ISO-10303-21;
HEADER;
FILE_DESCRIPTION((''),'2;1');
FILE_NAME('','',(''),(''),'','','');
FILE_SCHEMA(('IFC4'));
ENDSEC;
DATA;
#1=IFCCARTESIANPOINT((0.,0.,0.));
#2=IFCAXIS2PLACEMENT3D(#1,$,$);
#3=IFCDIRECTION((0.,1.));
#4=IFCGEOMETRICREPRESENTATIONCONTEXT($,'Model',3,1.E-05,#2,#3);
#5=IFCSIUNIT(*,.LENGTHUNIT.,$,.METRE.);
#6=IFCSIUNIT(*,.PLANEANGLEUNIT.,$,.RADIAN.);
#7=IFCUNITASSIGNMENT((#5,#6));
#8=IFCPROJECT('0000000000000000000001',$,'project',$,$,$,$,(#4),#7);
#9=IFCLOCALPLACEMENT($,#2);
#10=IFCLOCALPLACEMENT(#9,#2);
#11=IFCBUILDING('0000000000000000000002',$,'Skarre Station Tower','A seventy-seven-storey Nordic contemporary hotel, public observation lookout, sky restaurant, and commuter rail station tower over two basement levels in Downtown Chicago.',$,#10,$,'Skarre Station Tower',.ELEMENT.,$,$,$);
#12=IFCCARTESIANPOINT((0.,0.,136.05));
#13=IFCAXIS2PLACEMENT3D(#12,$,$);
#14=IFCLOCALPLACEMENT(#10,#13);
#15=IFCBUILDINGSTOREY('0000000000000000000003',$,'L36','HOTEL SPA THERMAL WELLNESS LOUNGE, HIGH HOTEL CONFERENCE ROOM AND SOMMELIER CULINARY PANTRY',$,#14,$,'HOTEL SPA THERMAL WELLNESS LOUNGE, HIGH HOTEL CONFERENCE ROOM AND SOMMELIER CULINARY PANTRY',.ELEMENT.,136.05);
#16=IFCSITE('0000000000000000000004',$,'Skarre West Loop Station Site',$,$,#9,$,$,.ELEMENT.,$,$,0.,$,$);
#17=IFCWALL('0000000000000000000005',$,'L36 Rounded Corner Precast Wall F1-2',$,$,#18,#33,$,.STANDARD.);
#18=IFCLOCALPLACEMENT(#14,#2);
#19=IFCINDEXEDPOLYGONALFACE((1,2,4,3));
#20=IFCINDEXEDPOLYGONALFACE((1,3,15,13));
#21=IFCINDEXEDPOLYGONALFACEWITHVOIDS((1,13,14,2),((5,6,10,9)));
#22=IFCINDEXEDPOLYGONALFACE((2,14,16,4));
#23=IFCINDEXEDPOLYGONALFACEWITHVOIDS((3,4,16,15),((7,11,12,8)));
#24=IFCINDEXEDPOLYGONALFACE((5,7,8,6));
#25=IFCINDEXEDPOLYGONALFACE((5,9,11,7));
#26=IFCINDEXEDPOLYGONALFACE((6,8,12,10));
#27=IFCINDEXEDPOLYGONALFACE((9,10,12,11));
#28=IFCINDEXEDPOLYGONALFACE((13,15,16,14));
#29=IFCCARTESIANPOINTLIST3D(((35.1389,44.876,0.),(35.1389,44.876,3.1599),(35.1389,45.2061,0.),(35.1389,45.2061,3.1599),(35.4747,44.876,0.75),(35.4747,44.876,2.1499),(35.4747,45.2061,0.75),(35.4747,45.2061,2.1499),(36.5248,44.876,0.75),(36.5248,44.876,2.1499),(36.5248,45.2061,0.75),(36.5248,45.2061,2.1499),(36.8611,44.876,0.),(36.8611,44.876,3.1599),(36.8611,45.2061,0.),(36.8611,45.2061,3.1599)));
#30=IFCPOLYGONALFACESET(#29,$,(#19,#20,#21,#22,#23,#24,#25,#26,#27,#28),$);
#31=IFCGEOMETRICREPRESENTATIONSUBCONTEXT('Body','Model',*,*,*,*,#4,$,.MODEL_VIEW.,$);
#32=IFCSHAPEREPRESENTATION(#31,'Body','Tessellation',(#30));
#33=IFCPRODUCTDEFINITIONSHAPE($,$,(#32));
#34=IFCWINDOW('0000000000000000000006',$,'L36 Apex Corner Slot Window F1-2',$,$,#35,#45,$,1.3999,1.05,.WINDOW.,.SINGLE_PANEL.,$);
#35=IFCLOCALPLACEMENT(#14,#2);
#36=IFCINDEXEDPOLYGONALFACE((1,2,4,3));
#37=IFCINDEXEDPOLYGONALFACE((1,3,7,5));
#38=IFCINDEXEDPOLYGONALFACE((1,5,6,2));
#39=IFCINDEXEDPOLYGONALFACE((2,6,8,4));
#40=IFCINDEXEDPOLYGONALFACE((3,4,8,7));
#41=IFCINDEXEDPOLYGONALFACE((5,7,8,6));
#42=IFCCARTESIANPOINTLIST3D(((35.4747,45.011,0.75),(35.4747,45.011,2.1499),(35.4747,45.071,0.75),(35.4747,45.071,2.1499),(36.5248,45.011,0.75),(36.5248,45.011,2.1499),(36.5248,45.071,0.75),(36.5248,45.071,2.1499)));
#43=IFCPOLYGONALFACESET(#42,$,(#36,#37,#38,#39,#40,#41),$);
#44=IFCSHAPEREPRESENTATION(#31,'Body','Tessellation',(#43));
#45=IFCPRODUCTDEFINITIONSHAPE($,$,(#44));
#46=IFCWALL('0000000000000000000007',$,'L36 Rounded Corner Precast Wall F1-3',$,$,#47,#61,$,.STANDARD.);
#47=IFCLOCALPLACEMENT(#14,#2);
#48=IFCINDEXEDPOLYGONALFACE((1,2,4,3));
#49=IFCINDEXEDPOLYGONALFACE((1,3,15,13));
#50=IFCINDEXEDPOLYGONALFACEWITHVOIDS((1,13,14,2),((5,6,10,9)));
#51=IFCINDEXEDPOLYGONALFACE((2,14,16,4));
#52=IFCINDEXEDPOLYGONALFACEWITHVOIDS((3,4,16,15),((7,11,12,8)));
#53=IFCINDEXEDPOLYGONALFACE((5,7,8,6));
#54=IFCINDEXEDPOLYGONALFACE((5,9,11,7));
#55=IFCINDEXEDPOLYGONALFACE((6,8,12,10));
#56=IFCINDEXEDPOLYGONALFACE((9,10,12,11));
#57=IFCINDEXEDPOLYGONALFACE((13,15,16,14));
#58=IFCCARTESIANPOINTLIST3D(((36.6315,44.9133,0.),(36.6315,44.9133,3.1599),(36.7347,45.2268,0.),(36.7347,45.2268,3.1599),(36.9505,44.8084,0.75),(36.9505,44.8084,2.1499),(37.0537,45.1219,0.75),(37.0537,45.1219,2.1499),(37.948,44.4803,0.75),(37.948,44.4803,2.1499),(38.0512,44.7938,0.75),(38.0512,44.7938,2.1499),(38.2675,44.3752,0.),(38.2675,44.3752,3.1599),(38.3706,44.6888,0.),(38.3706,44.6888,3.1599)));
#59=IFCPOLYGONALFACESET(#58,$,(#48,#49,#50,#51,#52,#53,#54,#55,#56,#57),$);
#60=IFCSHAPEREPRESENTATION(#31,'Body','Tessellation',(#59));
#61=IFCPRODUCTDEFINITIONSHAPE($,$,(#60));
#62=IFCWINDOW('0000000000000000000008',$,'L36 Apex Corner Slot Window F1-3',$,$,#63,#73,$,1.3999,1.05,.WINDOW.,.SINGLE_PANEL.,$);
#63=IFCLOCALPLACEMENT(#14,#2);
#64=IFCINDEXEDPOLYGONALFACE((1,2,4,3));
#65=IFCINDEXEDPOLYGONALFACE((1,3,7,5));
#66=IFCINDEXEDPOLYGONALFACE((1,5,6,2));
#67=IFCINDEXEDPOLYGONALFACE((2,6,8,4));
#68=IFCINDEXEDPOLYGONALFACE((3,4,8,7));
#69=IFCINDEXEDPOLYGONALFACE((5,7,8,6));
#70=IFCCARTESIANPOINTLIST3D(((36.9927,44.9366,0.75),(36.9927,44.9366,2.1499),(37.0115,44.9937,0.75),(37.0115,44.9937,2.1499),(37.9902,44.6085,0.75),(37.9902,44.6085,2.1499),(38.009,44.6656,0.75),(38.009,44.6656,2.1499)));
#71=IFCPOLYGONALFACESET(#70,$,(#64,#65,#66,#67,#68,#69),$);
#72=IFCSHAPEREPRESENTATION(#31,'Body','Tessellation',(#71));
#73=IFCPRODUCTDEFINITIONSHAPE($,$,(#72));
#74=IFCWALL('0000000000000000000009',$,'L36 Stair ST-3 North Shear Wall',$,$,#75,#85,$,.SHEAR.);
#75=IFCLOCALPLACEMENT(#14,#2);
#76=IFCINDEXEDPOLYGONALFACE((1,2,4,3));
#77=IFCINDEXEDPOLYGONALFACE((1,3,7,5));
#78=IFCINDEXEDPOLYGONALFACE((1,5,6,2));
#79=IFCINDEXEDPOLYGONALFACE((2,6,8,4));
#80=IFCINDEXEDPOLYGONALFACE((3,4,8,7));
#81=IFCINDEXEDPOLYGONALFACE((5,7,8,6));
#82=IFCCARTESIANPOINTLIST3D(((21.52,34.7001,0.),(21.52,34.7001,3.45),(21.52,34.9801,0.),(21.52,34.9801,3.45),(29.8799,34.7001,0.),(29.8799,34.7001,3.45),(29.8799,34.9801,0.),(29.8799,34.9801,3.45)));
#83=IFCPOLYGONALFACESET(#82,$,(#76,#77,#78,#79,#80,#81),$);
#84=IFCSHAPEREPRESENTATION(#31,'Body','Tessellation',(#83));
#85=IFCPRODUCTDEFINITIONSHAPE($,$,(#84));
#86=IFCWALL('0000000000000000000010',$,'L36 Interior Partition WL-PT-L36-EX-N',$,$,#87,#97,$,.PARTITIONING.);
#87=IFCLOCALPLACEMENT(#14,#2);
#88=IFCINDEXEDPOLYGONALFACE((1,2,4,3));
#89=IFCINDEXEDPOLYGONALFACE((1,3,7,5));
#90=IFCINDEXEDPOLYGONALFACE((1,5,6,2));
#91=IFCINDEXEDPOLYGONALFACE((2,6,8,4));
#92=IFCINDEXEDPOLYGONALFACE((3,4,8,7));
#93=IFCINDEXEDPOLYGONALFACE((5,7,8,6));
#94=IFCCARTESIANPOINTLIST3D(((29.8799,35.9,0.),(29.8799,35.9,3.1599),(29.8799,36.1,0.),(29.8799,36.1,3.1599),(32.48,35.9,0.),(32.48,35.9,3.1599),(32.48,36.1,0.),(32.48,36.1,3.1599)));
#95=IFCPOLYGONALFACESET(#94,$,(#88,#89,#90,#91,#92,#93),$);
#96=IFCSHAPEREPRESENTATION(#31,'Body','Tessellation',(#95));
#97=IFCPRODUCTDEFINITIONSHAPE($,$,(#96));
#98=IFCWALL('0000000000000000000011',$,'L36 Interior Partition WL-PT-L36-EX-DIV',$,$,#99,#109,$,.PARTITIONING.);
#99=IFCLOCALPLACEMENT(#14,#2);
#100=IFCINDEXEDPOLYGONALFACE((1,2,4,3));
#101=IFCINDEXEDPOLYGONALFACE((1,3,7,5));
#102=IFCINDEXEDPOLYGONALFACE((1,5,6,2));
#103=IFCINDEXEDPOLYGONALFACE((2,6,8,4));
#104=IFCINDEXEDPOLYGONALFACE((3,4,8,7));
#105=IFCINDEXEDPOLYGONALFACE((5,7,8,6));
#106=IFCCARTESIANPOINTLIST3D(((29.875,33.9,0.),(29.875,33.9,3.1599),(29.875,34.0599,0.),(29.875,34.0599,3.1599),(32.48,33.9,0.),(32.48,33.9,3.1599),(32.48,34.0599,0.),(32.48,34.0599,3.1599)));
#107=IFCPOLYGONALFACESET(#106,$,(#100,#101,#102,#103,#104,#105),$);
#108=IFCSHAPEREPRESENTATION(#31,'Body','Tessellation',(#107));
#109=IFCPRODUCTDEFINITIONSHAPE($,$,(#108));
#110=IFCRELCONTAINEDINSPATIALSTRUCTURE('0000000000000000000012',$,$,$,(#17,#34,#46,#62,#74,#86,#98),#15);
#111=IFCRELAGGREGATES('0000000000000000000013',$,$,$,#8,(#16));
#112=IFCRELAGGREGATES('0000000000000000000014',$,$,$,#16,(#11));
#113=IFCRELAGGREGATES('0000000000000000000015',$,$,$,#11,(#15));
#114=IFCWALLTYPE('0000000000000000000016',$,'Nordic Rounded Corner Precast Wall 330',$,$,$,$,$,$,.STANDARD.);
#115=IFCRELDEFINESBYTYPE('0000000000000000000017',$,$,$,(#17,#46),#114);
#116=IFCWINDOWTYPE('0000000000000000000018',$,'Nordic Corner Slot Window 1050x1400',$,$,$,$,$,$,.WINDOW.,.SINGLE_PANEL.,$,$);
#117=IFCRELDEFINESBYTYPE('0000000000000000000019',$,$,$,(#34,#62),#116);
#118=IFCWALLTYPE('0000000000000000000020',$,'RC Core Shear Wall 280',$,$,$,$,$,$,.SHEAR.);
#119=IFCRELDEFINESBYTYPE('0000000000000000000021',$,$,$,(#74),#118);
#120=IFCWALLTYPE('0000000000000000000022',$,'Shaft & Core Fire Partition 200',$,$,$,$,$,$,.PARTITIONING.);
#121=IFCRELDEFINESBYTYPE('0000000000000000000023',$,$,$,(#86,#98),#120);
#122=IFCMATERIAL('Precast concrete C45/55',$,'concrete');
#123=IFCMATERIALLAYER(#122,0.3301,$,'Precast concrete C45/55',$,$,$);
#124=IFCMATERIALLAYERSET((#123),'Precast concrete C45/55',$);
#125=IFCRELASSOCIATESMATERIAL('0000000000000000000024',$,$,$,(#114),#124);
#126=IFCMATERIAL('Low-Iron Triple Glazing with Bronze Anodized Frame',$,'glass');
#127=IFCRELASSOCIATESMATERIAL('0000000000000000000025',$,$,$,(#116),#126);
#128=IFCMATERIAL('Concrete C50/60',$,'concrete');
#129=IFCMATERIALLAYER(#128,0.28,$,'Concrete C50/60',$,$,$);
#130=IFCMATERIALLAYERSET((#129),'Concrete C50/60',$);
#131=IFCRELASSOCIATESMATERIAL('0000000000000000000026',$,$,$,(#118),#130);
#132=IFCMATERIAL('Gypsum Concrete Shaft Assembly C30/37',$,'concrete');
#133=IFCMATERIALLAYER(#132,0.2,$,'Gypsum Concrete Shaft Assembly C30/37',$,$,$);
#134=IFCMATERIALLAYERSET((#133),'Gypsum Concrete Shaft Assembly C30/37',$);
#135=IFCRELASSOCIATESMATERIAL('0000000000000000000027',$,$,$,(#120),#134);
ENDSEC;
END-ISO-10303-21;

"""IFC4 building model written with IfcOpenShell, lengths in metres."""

from ifc_helpers import new_model, si_unit, direction, frame, frame_2d, origin, place, context, subcontext, project, spatial, rectangle, extrude, material, layer, layer_set, type_object, element, fill, save


model = new_model("IFC4")

# Units and contexts
model_context = context("Model", 3, precision=1e-05, world=origin(), true_north=direction((0.0, 1.0)))
body_context = subcontext(model_context, "Body", "Model", "MODEL_VIEW")
ifc_project = project(units=[si_unit("LENGTHUNIT", "METRE"), si_unit("PLANEANGLEUNIT", "RADIAN")], contexts=[model_context])

# Site, building, storey
site_placement = place(None, origin())
site = spatial("IfcSite", under=ifc_project, at=site_placement, Name="Skarre West Loop Station Site", CompositionType="ELEMENT", RefElevation=0.0)
building_placement = place(site_placement, origin())
building = spatial("IfcBuilding", under=site, at=building_placement, Name="Skarre Station Tower", Description="A seventy-seven-storey Nordic contemporary hotel, public observation lookout, sky restaurant, and commuter rail station tower over two basement levels in Downtown Chicago.", LongName="Skarre Station Tower", CompositionType="ELEMENT")
storey_placement = place(building_placement, frame((0.0, 0.0, 136.05)))
storey = spatial("IfcBuildingStorey", under=building, at=storey_placement, Name="L36", Description="HOTEL SPA THERMAL WELLNESS LOUNGE, HIGH HOTEL CONFERENCE ROOM AND SOMMELIER CULINARY PANTRY", LongName="HOTEL SPA THERMAL WELLNESS LOUNGE, HIGH HOTEL CONFERENCE ROOM AND SOMMELIER CULINARY PANTRY", CompositionType="ELEMENT", Elevation=136.05)

# Shared definitions
ifc_material_1 = material(Name="Precast concrete C45/55", Category="concrete")
ifc_material_2 = material(Name="Low-Iron Triple Glazing with Bronze Anodized Frame", Category="glass")

# Shared definitions
ifc_layer_1 = layer(ifc_material_1, 0.3301, Name="Precast concrete C45/55")
ifc_layer_set_1 = layer_set([ifc_layer_1], Name="Precast concrete C45/55")
wall_type_1 = type_object("IfcWallType", Name="Nordic Rounded Corner Precast Wall 330", PredefinedType="STANDARD", material=ifc_layer_set_1)

# Walls, openings, windows
wall_1_placement = place(storey_placement, frame((35.1389, 45.041, 0.0), z_axis=(0.0, 0.0, 1.0), x_axis=(1.0, 0.0, 0.0)))
wall_1 = element("IfcWall", 1, at=wall_1_placement, inside=storey, type_object=wall_type_1, Name="L36 Rounded Corner Precast Wall F1-2", PredefinedType="STANDARD", context=body_context, shape_type="SweptSolid", body=[
    extrude(rectangle(XDim=1.7222, YDim=0.3301, at=frame_2d((0.8611, 0.0))), origin(), (0.0, 0.0, 1.0), 3.1599),
])
opening_1_placement = place(wall_1_placement, frame((0.3359, 0.0, 0.75)))
opening_1 = element("IfcOpeningElement", 2, at=opening_1_placement, cuts=wall_1, PredefinedType="OPENING", context=body_context, shape_type="SweptSolid", body=[
    extrude(rectangle(XDim=1.05, YDim=1.3999, at=frame_2d((0.5249, 0.7))), frame((0.0, 0.175, 0.0), z_axis=(0.0, -1.0, 0.0), x_axis=(1.0, 0.0, 0.0)), (0.0, 0.0, 1.0), 0.3501),
])
window_type_1 = type_object("IfcWindowType", Name="Nordic Corner Slot Window 1050x1400", PartitioningType="SINGLE_PANEL", PredefinedType="WINDOW", material=ifc_material_2)
window_1_placement = place(opening_1_placement, origin())
window_1 = element("IfcWindow", 3, at=window_1_placement, inside=storey, type_object=window_type_1, Name="L36 Apex Corner Slot Window F1-2", OverallHeight=1.3999, OverallWidth=1.05, PartitioningType="SINGLE_PANEL", PredefinedType="WINDOW", context=body_context, shape_type="SweptSolid", body=[
    extrude(rectangle(XDim=1.05, YDim=1.3999, at=frame_2d((0.5249, 0.7))), frame((0.0, 0.03, 0.0), z_axis=(0.0, -1.0, 0.0), x_axis=(1.0, 0.0, 0.0)), (0.0, 0.0, 1.0), 0.0601),
])
fill(opening_1, window_1)
wall_2_placement = place(storey_placement, frame((36.6831, 45.0701, 0.0), z_axis=(0.0, 0.0, 1.0), x_axis=(0.949937, -0.31244, 0.0)))
wall_2 = element("IfcWall", 4, at=wall_2_placement, inside=storey, type_object=wall_type_1, Name="L36 Rounded Corner Precast Wall F1-3", PredefinedType="STANDARD", context=body_context, shape_type="SweptSolid", body=[
    extrude(rectangle(XDim=1.7222, YDim=0.3301, at=frame_2d((0.8611, 0.0))), origin(), (0.0, 0.0, 1.0), 3.1599),
])
opening_2_placement = place(wall_2_placement, frame((0.3359, 0.0, 0.75)))
opening_2 = element("IfcOpeningElement", 5, at=opening_2_placement, cuts=wall_2, PredefinedType="OPENING", context=body_context, shape_type="SweptSolid", body=[
    extrude(rectangle(XDim=1.05, YDim=1.3999, at=frame_2d((0.5249, 0.7))), frame((0.0, 0.175, 0.0), z_axis=(0.0, -1.0, 0.0), x_axis=(1.0, 0.0, 0.0)), (0.0, 0.0, 1.0), 0.3501),
])
window_2_placement = place(opening_2_placement, origin())
window_2 = element("IfcWindow", 6, at=window_2_placement, inside=storey, type_object=window_type_1, Name="L36 Apex Corner Slot Window F1-3", OverallHeight=1.3999, OverallWidth=1.05, PartitioningType="SINGLE_PANEL", PredefinedType="WINDOW", context=body_context, shape_type="SweptSolid", body=[
    extrude(rectangle(XDim=1.05, YDim=1.3999, at=frame_2d((0.5249, 0.7))), frame((0.0, 0.03, 0.0), z_axis=(0.0, -1.0, 0.0), x_axis=(1.0, 0.0, 0.0)), (0.0, 0.0, 1.0), 0.0601),
])
fill(opening_2, window_2)

# Walls
ifc_material_3 = material(Name="Concrete C50/60", Category="concrete")
ifc_layer_2 = layer(ifc_material_3, 0.28, Name="Concrete C50/60")
ifc_layer_set_2 = layer_set([ifc_layer_2], Name="Concrete C50/60")
wall_type_2 = type_object("IfcWallType", Name="RC Core Shear Wall 280", PredefinedType="SHEAR", material=ifc_layer_set_2)
wall_3_placement = place(storey_placement, frame((29.8799, 34.8401, 0.0), z_axis=(0.0, 0.0, 1.0), x_axis=(-1.0, 0.0, 0.0)))
element("IfcWall", 7, at=wall_3_placement, inside=storey, type_object=wall_type_2, Name="L36 Stair ST-3 North Shear Wall", PredefinedType="SHEAR", context=body_context, shape_type="SweptSolid", body=[
    extrude(rectangle(XDim=8.3599, YDim=0.28, at=frame_2d((4.1799, 0.0))), origin(), (0.0, 0.0, 1.0), 3.45),
])
ifc_material_4 = material(Name="Gypsum Concrete Shaft Assembly C30/37", Category="concrete")
ifc_layer_3 = layer(ifc_material_4, 0.2, Name="Gypsum Concrete Shaft Assembly C30/37")
ifc_layer_set_3 = layer_set([ifc_layer_3], Name="Gypsum Concrete Shaft Assembly C30/37")
wall_type_3 = type_object("IfcWallType", Name="Shaft & Core Fire Partition 200", PredefinedType="PARTITIONING", material=ifc_layer_set_3)
wall_4_placement = place(storey_placement, frame((29.8799, 36.0, 0.0), z_axis=(0.0, 0.0, 1.0), x_axis=(1.0, 0.0, 0.0)))
element("IfcWall", 8, at=wall_4_placement, inside=storey, type_object=wall_type_3, Name="L36 Interior Partition WL-PT-L36-EX-N", PredefinedType="PARTITIONING", context=body_context, shape_type="SweptSolid", body=[
    extrude(rectangle(XDim=2.6001, YDim=0.2, at=frame_2d((1.3, 0.0))), origin(), (0.0, 0.0, 1.0), 3.1599),
])
wall_5_placement = place(storey_placement, frame((29.875, 33.98, 0.0), z_axis=(0.0, 0.0, 1.0), x_axis=(1.0, 0.0, 0.0)))
element("IfcWall", 9, at=wall_5_placement, inside=storey, type_object=wall_type_3, Name="L36 Interior Partition WL-PT-L36-EX-DIV", PredefinedType="PARTITIONING", context=body_context, shape_type="SweptSolid", body=[
    extrude(rectangle(XDim=2.605, YDim=0.1599, at=frame_2d((1.3025, 0.0))), origin(), (0.0, 0.0, 1.0), 3.1599),
])

save(model, "model.ifc")
